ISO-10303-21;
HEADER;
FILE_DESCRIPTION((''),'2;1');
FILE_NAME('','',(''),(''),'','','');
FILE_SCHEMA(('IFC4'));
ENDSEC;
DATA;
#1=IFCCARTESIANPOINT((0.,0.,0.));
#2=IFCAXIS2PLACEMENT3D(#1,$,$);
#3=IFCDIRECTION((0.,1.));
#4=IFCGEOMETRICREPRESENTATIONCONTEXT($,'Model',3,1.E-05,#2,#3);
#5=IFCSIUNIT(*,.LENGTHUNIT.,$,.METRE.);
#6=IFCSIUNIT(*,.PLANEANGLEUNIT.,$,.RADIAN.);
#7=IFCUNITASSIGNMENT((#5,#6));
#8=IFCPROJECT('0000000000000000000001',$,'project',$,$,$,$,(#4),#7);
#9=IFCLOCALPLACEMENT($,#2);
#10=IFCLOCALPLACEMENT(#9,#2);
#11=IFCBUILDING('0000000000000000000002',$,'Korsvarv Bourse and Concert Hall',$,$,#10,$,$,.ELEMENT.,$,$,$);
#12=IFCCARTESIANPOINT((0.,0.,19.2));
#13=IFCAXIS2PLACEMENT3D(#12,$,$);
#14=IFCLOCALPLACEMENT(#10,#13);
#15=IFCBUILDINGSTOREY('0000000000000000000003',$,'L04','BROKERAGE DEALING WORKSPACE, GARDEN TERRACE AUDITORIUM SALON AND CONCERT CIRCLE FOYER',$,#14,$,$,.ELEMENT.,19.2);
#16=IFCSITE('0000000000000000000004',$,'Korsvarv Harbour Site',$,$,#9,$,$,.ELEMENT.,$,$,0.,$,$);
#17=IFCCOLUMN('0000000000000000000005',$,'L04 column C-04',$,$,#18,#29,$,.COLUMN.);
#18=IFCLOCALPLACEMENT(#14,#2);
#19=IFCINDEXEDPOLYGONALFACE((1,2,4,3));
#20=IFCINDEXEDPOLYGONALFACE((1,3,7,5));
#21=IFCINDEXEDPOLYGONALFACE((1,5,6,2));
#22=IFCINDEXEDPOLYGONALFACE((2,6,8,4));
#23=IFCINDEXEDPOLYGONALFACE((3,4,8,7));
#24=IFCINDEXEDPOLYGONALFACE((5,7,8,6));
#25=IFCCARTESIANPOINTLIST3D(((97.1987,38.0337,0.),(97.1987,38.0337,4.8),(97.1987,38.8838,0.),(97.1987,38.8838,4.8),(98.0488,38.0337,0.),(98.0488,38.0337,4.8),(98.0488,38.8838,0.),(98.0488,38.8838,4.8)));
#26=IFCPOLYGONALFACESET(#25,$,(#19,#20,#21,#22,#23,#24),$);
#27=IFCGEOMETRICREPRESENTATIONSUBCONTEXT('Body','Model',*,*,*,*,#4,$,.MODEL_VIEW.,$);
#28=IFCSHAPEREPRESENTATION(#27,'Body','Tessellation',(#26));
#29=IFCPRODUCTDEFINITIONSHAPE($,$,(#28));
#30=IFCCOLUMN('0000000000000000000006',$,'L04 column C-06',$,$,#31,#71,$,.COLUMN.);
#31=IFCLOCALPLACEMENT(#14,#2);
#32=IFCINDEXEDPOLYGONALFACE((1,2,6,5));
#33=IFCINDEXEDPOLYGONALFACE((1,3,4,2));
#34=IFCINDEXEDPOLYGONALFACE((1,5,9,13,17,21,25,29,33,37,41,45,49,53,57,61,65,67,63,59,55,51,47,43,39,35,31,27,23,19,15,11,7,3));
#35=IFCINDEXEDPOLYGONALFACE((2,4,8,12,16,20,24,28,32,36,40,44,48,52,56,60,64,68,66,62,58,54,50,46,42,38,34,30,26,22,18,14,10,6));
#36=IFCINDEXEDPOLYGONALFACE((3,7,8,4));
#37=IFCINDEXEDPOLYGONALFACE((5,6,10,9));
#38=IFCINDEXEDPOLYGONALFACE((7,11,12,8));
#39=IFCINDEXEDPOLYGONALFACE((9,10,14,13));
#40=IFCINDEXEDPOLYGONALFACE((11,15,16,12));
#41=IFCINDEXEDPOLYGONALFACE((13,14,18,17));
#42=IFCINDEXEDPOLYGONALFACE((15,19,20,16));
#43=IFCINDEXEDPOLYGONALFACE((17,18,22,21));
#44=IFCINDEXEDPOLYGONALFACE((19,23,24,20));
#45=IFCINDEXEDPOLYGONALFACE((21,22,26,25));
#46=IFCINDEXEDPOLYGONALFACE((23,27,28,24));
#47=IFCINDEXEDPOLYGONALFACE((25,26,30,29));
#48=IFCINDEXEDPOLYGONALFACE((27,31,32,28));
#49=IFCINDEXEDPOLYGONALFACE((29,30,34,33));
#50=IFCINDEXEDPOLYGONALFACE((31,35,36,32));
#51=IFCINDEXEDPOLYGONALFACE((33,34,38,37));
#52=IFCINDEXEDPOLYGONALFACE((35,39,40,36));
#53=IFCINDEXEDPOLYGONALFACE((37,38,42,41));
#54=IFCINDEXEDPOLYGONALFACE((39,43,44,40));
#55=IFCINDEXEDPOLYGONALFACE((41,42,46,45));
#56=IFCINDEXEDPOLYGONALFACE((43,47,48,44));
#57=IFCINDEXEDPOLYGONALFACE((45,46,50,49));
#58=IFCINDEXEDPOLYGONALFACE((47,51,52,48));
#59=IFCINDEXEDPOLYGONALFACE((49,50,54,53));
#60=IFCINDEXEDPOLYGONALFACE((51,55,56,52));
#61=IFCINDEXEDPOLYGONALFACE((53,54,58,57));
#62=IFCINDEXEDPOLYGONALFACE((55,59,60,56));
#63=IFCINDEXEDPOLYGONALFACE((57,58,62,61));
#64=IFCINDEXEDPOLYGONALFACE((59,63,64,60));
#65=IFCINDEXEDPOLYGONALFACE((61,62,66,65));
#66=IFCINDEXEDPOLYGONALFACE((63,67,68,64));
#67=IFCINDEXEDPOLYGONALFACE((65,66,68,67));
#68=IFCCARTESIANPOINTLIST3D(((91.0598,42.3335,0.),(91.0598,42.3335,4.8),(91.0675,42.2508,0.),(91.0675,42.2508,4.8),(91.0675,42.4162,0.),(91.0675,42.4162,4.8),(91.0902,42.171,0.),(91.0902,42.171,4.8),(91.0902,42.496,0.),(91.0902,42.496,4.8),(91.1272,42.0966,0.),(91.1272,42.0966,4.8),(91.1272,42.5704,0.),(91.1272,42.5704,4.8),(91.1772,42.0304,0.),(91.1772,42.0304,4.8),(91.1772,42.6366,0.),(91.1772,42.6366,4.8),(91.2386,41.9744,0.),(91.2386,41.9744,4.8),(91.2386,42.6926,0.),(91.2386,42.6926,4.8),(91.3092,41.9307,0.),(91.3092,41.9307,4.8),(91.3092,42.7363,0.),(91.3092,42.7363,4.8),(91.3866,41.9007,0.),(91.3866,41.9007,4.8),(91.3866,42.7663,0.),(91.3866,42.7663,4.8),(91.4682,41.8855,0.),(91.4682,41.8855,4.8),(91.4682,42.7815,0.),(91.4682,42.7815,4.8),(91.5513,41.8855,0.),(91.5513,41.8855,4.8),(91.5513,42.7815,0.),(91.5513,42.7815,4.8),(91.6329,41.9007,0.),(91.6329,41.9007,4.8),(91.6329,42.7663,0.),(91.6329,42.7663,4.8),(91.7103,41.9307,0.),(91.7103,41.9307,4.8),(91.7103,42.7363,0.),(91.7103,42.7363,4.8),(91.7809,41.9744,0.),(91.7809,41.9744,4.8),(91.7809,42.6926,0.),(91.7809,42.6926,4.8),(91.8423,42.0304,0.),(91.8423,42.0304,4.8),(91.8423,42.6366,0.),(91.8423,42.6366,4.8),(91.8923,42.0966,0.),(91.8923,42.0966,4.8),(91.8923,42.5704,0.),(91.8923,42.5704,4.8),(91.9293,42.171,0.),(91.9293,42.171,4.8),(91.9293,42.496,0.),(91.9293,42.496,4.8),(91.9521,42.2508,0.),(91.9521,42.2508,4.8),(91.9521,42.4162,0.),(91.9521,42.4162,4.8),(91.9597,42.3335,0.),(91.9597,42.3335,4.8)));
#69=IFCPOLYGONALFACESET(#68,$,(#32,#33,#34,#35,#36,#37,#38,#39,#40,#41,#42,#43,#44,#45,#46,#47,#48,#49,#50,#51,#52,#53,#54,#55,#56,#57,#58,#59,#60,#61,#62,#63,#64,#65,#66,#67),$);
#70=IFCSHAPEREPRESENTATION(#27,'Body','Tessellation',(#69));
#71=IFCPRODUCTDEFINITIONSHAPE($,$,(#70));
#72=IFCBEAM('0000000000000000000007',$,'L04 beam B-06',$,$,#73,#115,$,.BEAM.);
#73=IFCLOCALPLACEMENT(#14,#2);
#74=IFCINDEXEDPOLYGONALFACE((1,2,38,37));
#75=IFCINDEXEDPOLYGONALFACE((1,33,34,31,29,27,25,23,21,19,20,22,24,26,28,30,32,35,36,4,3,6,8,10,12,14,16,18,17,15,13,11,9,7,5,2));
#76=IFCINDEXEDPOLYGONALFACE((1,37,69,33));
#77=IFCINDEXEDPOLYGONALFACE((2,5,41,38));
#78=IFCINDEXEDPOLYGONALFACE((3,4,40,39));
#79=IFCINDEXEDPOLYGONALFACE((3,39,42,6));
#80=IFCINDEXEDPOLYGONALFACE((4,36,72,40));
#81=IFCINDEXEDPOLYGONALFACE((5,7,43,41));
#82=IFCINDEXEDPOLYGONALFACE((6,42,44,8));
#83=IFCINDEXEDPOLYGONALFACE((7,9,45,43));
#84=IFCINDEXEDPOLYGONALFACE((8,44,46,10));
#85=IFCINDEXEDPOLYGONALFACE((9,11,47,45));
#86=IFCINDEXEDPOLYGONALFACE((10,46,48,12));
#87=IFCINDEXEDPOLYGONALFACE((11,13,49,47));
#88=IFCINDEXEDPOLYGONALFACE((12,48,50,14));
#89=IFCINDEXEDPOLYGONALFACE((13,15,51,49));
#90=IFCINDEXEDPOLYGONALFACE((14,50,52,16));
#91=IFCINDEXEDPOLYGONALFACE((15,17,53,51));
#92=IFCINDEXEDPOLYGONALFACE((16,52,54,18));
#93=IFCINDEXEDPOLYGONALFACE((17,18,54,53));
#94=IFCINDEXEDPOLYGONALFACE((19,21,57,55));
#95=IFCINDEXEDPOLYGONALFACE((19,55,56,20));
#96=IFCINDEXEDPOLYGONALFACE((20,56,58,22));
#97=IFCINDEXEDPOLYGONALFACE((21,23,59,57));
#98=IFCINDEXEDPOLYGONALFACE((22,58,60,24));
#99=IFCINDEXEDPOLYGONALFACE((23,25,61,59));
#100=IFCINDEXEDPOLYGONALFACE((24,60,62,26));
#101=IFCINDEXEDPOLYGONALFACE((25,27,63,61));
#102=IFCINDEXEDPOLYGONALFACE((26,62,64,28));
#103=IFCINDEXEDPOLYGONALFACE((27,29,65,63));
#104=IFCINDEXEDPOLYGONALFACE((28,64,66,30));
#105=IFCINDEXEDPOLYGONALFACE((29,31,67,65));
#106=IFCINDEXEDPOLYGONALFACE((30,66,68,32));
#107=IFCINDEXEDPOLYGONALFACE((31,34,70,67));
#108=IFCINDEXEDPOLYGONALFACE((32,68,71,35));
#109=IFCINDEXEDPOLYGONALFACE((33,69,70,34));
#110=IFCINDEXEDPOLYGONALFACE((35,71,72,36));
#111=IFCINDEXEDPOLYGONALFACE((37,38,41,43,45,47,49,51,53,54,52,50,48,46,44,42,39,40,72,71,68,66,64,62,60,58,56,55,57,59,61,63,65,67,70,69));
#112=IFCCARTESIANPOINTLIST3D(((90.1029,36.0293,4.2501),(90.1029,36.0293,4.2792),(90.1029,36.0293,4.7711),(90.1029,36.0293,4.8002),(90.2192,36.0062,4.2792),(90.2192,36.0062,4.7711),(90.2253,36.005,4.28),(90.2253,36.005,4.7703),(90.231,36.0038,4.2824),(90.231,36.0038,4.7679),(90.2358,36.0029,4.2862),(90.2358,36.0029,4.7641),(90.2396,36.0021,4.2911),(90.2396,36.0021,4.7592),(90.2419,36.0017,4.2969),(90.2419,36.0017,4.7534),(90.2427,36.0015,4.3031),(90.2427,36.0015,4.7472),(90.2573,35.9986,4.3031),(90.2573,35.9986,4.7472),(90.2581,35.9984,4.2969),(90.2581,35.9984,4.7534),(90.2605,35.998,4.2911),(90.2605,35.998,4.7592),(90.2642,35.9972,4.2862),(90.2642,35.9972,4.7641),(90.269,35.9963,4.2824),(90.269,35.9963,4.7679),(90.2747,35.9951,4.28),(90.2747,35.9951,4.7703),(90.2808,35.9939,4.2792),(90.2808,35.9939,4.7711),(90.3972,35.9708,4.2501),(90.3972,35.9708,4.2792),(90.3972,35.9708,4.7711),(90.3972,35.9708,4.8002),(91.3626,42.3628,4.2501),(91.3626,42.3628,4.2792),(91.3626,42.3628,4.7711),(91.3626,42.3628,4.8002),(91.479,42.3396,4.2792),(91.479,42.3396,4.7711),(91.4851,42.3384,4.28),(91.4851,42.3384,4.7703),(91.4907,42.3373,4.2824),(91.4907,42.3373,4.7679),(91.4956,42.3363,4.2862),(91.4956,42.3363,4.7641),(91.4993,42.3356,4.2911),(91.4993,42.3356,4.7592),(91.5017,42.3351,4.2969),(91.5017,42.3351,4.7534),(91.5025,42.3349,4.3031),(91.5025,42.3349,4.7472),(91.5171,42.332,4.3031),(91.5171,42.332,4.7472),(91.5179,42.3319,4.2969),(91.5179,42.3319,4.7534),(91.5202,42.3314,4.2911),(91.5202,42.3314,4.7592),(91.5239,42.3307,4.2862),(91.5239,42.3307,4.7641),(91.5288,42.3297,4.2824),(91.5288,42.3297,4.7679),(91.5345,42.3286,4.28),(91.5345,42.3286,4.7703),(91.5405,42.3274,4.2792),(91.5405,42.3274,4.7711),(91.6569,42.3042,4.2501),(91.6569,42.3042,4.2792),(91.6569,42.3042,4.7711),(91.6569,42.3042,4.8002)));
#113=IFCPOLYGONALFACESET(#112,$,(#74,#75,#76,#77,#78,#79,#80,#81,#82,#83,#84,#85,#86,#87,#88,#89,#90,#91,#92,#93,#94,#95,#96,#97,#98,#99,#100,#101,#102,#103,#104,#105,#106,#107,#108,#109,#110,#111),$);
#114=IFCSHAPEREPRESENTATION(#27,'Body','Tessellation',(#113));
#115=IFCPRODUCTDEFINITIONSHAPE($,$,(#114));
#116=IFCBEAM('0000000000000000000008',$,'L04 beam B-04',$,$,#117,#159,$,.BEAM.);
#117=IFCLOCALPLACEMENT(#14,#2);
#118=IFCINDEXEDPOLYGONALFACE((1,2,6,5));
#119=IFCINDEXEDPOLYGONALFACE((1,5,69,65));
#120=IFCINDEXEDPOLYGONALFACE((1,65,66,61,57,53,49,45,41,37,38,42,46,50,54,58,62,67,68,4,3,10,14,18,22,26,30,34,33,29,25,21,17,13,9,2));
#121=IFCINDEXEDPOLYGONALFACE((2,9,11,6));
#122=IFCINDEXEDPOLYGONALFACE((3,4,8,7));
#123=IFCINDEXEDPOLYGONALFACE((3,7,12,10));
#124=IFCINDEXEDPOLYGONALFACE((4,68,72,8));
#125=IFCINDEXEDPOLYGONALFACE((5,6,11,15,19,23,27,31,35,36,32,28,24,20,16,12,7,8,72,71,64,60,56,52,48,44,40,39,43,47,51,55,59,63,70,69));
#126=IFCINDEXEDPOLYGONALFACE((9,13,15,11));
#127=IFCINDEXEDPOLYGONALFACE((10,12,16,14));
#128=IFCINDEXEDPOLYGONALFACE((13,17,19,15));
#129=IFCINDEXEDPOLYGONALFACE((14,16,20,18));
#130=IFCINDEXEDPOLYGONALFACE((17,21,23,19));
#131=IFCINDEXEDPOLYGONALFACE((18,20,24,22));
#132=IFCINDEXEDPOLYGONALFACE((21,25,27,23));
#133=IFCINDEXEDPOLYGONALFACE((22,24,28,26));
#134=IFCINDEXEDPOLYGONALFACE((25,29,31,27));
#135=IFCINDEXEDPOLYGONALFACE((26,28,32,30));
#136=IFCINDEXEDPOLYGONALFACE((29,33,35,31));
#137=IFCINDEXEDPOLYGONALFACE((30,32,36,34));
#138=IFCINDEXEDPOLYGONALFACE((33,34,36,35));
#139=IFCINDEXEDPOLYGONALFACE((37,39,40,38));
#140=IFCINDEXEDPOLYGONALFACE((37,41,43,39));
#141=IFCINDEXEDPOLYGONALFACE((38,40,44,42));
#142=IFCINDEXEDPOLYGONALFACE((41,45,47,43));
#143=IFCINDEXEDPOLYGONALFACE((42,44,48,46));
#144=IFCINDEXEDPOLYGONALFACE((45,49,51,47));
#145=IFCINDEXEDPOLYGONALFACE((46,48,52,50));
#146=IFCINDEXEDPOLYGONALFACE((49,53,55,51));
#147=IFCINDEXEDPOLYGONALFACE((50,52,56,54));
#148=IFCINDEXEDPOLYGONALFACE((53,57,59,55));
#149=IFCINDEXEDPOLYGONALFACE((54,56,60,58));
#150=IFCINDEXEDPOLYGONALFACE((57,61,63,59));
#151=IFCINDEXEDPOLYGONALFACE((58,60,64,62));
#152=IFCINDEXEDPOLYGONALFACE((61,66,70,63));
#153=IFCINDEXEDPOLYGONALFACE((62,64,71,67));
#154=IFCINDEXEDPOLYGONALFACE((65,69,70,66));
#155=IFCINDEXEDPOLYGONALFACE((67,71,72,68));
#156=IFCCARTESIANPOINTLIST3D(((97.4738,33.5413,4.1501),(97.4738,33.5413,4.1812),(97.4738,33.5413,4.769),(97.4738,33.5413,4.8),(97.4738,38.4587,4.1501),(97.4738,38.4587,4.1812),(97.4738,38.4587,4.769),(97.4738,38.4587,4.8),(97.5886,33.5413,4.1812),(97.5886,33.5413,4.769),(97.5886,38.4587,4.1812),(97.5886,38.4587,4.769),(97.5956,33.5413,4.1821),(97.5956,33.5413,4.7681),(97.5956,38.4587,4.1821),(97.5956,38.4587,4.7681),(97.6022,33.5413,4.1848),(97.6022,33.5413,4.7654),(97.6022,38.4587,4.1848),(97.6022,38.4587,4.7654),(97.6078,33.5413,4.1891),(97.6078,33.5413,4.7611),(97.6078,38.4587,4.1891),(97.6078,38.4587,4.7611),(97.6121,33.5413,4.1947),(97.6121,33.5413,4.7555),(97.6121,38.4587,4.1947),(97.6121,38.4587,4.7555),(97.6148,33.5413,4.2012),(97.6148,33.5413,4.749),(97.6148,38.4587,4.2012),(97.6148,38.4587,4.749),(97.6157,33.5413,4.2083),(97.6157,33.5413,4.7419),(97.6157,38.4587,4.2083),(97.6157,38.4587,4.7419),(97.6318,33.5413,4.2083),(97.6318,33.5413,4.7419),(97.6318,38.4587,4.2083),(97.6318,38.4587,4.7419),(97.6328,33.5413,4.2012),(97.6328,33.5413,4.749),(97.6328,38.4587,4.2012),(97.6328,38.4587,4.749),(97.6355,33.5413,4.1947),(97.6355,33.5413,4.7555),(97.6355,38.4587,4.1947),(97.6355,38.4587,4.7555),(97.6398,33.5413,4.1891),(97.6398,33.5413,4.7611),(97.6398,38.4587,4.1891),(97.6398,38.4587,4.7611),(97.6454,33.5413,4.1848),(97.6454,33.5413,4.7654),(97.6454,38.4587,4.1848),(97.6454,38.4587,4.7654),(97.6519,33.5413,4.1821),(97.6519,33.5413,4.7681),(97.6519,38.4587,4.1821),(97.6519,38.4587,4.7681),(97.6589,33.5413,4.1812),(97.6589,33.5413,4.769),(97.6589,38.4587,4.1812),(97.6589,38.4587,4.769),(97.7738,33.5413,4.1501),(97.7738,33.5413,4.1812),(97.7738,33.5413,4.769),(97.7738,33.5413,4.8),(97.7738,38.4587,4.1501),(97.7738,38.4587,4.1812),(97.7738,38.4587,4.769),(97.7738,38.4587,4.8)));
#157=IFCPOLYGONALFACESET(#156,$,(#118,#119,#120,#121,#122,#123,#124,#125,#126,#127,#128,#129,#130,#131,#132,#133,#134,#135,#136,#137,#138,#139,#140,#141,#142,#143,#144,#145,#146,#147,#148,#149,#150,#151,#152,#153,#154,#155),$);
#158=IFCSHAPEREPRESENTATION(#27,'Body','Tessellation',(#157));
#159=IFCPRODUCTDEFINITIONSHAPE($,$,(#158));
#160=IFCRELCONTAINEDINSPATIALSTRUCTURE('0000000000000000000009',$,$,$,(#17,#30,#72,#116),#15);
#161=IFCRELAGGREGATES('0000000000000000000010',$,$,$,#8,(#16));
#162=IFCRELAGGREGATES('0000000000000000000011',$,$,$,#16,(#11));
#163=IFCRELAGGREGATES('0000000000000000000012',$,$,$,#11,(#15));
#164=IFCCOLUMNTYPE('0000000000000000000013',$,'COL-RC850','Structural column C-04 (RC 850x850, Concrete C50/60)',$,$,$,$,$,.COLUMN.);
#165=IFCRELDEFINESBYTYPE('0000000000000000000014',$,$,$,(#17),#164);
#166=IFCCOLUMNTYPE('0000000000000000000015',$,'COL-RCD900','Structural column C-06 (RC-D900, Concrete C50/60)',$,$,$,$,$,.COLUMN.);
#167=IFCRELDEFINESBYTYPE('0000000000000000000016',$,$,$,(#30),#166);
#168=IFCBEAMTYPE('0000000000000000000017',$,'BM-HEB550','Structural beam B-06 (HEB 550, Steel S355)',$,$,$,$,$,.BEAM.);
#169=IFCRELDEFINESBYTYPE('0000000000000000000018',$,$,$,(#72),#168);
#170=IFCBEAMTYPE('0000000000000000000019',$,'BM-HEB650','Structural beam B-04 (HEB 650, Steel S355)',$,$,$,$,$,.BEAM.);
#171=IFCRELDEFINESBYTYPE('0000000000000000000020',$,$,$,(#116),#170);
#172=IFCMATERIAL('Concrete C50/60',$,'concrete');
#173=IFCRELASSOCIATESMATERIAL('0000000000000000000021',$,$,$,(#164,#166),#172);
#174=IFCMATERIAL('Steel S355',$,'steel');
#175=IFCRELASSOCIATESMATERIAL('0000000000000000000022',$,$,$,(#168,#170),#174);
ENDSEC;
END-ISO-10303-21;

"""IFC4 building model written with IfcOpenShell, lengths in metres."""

from ifc_helpers import new_model, si_unit, direction, frame, origin, origin_2d, place, context, subcontext, project, spatial, rectangle, circle, i_section, extrude, source, transform, mapped, material, material_profile, profile_set, type_object, element, save


model = new_model("IFC4")

# Units and contexts
model_context = context("Model", 3, precision=1e-05, world=origin(), true_north=direction((0.0, 1.0)))
body_context = subcontext(model_context, "Body", "Model", "MODEL_VIEW")
ifc_project = project(units=[si_unit("LENGTHUNIT", "METRE"), si_unit("PLANEANGLEUNIT", "RADIAN")], contexts=[model_context])

# Site, building, storey
site_placement = place(None, origin())
site = spatial("IfcSite", under=ifc_project, at=site_placement, Name="Korsvarv Harbour Site", CompositionType="ELEMENT", RefElevation=0.0)
building_placement = place(site_placement, origin())
building = spatial("IfcBuilding", under=site, at=building_placement, Name="Korsvarv Bourse and Concert Hall", CompositionType="ELEMENT")
storey_placement = place(building_placement, frame((0.0, 0.0, 19.2)))
storey = spatial("IfcBuildingStorey", under=building, at=storey_placement, Name="L04", Description="BROKERAGE DEALING WORKSPACE, GARDEN TERRACE AUDITORIUM SALON AND CONCERT CIRCLE FOYER", CompositionType="ELEMENT", Elevation=19.2)

# Columns
ifc_material_1 = material(Name="Concrete C50/60", Category="concrete")
ifc_material_profile_1 = material_profile(ifc_material_1, rectangle(XDim=0.8501, YDim=0.8501, at=origin_2d()), Name="RC 850x850")
ifc_profile_set_1 = profile_set([ifc_material_profile_1], Name="Concrete C50/60")
column_type_1 = type_object("IfcColumnType", Name="COL-RC850", Description="Structural column C-04 (RC 850x850, Concrete C50/60)", PredefinedType="COLUMN", material=ifc_profile_set_1)
shared_shape_1 = source(origin(), body_context, "Body", "SweptSolid", [
    extrude(rectangle(XDim=0.8501, YDim=0.8501, at=origin_2d()), origin(), (0.0, 0.0, 1.0), 4.8),
])
column_1_placement = place(storey_placement, frame((97.6238, 38.4587, 0.0), z_axis=(0.0, 0.0, 1.0), x_axis=(1.0, 0.0, 0.0)))
element("IfcColumn", 1, at=column_1_placement, inside=storey, type_object=column_type_1, Name="L04 column C-04", PredefinedType="COLUMN", context=body_context, shape_type="MappedRepresentation", body=[
    mapped(shared_shape_1, transform((0.0, 0.0, 0.0), scale=1.0)),
])
ifc_material_profile_2 = material_profile(ifc_material_1, circle(Radius=0.45, at=origin_2d()), Name="RC-D900")
ifc_profile_set_2 = profile_set([ifc_material_profile_2], Name="Concrete C50/60")
column_type_2 = type_object("IfcColumnType", Name="COL-RCD900", Description="Structural column C-06 (RC-D900, Concrete C50/60)", PredefinedType="COLUMN", material=ifc_profile_set_2)
shared_shape_2 = source(origin(), body_context, "Body", "SweptSolid", [
    extrude(circle(Radius=0.45, at=origin_2d()), origin(), (0.0, 0.0, 1.0), 4.8),
])
column_2_placement = place(storey_placement, frame((91.5098, 42.3335, 0.0), z_axis=(0.0, 0.0, 1.0), x_axis=(1.0, 0.0, 0.0)))
element("IfcColumn", 2, at=column_2_placement, inside=storey, type_object=column_type_2, Name="L04 column C-06", PredefinedType="COLUMN", context=body_context, shape_type="MappedRepresentation", body=[
    mapped(shared_shape_2, transform((0.0, 0.0, 0.0), scale=1.0)),
])

# Beams
ifc_material_2 = material(Name="Steel S355", Category="steel")
ifc_material_profile_3 = material_profile(ifc_material_2, i_section(OverallWidth=0.3, OverallDepth=0.55, WebThickness=0.0149, FlangeThickness=0.0291, FilletRadius=0.0239, at=origin_2d()), Name="HEB 550")
ifc_profile_set_3 = profile_set([ifc_material_profile_3], Name="Steel S355")
beam_type_1 = type_object("IfcBeamType", Name="BM-HEB550", Description="Structural beam B-06 (HEB 550, Steel S355)", PredefinedType="BEAM", material=ifc_profile_set_3)
shared_shape_3 = source(origin(), body_context, "Body", "SweptSolid", [
    extrude(i_section(OverallWidth=0.3, OverallDepth=0.55, WebThickness=0.0149, FlangeThickness=0.0291, FilletRadius=0.0239, at=origin_2d()), origin(), (0.0, 0.0, 1.0), 6.4575),
])
beam_1_placement = place(storey_placement, frame((91.5098, 42.3335, 4.5251), z_axis=(-0.195084, -0.980787, 0.0), x_axis=(0.980787, -0.195084, 0.0)))
element("IfcBeam", 3, at=beam_1_placement, inside=storey, type_object=beam_type_1, Name="L04 beam B-06", PredefinedType="BEAM", context=body_context, shape_type="MappedRepresentation", body=[
    mapped(shared_shape_3, transform((0.0, 0.0, 0.0), scale=1.0)),
])
ifc_material_profile_4 = material_profile(ifc_material_2, i_section(OverallWidth=0.3, OverallDepth=0.6499, WebThickness=0.0161, FlangeThickness=0.031, FilletRadius=0.0271, at=origin_2d()), Name="HEB 650")
ifc_profile_set_4 = profile_set([ifc_material_profile_4], Name="Steel S355")
beam_type_2 = type_object("IfcBeamType", Name="BM-HEB650", Description="Structural beam B-04 (HEB 650, Steel S355)", PredefinedType="BEAM", material=ifc_profile_set_4)
shared_shape_4 = source(origin(), body_context, "Body", "SweptSolid", [
    extrude(i_section(OverallWidth=0.3, OverallDepth=0.6499, WebThickness=0.0161, FlangeThickness=0.031, FilletRadius=0.0271, at=origin_2d()), origin(), (0.0, 0.0, 1.0), 4.9175),
])
beam_2_placement = place(storey_placement, frame((97.6238, 38.4587, 4.4751), z_axis=(0.0, -1.0, 0.0), x_axis=(1.0, 0.0, 0.0)))
element("IfcBeam", 4, at=beam_2_placement, inside=storey, type_object=beam_type_2, Name="L04 beam B-04", PredefinedType="BEAM", context=body_context, shape_type="MappedRepresentation", body=[
    mapped(shared_shape_4, transform((0.0, 0.0, 0.0), scale=1.0)),
])

save(model, "model.ifc")
